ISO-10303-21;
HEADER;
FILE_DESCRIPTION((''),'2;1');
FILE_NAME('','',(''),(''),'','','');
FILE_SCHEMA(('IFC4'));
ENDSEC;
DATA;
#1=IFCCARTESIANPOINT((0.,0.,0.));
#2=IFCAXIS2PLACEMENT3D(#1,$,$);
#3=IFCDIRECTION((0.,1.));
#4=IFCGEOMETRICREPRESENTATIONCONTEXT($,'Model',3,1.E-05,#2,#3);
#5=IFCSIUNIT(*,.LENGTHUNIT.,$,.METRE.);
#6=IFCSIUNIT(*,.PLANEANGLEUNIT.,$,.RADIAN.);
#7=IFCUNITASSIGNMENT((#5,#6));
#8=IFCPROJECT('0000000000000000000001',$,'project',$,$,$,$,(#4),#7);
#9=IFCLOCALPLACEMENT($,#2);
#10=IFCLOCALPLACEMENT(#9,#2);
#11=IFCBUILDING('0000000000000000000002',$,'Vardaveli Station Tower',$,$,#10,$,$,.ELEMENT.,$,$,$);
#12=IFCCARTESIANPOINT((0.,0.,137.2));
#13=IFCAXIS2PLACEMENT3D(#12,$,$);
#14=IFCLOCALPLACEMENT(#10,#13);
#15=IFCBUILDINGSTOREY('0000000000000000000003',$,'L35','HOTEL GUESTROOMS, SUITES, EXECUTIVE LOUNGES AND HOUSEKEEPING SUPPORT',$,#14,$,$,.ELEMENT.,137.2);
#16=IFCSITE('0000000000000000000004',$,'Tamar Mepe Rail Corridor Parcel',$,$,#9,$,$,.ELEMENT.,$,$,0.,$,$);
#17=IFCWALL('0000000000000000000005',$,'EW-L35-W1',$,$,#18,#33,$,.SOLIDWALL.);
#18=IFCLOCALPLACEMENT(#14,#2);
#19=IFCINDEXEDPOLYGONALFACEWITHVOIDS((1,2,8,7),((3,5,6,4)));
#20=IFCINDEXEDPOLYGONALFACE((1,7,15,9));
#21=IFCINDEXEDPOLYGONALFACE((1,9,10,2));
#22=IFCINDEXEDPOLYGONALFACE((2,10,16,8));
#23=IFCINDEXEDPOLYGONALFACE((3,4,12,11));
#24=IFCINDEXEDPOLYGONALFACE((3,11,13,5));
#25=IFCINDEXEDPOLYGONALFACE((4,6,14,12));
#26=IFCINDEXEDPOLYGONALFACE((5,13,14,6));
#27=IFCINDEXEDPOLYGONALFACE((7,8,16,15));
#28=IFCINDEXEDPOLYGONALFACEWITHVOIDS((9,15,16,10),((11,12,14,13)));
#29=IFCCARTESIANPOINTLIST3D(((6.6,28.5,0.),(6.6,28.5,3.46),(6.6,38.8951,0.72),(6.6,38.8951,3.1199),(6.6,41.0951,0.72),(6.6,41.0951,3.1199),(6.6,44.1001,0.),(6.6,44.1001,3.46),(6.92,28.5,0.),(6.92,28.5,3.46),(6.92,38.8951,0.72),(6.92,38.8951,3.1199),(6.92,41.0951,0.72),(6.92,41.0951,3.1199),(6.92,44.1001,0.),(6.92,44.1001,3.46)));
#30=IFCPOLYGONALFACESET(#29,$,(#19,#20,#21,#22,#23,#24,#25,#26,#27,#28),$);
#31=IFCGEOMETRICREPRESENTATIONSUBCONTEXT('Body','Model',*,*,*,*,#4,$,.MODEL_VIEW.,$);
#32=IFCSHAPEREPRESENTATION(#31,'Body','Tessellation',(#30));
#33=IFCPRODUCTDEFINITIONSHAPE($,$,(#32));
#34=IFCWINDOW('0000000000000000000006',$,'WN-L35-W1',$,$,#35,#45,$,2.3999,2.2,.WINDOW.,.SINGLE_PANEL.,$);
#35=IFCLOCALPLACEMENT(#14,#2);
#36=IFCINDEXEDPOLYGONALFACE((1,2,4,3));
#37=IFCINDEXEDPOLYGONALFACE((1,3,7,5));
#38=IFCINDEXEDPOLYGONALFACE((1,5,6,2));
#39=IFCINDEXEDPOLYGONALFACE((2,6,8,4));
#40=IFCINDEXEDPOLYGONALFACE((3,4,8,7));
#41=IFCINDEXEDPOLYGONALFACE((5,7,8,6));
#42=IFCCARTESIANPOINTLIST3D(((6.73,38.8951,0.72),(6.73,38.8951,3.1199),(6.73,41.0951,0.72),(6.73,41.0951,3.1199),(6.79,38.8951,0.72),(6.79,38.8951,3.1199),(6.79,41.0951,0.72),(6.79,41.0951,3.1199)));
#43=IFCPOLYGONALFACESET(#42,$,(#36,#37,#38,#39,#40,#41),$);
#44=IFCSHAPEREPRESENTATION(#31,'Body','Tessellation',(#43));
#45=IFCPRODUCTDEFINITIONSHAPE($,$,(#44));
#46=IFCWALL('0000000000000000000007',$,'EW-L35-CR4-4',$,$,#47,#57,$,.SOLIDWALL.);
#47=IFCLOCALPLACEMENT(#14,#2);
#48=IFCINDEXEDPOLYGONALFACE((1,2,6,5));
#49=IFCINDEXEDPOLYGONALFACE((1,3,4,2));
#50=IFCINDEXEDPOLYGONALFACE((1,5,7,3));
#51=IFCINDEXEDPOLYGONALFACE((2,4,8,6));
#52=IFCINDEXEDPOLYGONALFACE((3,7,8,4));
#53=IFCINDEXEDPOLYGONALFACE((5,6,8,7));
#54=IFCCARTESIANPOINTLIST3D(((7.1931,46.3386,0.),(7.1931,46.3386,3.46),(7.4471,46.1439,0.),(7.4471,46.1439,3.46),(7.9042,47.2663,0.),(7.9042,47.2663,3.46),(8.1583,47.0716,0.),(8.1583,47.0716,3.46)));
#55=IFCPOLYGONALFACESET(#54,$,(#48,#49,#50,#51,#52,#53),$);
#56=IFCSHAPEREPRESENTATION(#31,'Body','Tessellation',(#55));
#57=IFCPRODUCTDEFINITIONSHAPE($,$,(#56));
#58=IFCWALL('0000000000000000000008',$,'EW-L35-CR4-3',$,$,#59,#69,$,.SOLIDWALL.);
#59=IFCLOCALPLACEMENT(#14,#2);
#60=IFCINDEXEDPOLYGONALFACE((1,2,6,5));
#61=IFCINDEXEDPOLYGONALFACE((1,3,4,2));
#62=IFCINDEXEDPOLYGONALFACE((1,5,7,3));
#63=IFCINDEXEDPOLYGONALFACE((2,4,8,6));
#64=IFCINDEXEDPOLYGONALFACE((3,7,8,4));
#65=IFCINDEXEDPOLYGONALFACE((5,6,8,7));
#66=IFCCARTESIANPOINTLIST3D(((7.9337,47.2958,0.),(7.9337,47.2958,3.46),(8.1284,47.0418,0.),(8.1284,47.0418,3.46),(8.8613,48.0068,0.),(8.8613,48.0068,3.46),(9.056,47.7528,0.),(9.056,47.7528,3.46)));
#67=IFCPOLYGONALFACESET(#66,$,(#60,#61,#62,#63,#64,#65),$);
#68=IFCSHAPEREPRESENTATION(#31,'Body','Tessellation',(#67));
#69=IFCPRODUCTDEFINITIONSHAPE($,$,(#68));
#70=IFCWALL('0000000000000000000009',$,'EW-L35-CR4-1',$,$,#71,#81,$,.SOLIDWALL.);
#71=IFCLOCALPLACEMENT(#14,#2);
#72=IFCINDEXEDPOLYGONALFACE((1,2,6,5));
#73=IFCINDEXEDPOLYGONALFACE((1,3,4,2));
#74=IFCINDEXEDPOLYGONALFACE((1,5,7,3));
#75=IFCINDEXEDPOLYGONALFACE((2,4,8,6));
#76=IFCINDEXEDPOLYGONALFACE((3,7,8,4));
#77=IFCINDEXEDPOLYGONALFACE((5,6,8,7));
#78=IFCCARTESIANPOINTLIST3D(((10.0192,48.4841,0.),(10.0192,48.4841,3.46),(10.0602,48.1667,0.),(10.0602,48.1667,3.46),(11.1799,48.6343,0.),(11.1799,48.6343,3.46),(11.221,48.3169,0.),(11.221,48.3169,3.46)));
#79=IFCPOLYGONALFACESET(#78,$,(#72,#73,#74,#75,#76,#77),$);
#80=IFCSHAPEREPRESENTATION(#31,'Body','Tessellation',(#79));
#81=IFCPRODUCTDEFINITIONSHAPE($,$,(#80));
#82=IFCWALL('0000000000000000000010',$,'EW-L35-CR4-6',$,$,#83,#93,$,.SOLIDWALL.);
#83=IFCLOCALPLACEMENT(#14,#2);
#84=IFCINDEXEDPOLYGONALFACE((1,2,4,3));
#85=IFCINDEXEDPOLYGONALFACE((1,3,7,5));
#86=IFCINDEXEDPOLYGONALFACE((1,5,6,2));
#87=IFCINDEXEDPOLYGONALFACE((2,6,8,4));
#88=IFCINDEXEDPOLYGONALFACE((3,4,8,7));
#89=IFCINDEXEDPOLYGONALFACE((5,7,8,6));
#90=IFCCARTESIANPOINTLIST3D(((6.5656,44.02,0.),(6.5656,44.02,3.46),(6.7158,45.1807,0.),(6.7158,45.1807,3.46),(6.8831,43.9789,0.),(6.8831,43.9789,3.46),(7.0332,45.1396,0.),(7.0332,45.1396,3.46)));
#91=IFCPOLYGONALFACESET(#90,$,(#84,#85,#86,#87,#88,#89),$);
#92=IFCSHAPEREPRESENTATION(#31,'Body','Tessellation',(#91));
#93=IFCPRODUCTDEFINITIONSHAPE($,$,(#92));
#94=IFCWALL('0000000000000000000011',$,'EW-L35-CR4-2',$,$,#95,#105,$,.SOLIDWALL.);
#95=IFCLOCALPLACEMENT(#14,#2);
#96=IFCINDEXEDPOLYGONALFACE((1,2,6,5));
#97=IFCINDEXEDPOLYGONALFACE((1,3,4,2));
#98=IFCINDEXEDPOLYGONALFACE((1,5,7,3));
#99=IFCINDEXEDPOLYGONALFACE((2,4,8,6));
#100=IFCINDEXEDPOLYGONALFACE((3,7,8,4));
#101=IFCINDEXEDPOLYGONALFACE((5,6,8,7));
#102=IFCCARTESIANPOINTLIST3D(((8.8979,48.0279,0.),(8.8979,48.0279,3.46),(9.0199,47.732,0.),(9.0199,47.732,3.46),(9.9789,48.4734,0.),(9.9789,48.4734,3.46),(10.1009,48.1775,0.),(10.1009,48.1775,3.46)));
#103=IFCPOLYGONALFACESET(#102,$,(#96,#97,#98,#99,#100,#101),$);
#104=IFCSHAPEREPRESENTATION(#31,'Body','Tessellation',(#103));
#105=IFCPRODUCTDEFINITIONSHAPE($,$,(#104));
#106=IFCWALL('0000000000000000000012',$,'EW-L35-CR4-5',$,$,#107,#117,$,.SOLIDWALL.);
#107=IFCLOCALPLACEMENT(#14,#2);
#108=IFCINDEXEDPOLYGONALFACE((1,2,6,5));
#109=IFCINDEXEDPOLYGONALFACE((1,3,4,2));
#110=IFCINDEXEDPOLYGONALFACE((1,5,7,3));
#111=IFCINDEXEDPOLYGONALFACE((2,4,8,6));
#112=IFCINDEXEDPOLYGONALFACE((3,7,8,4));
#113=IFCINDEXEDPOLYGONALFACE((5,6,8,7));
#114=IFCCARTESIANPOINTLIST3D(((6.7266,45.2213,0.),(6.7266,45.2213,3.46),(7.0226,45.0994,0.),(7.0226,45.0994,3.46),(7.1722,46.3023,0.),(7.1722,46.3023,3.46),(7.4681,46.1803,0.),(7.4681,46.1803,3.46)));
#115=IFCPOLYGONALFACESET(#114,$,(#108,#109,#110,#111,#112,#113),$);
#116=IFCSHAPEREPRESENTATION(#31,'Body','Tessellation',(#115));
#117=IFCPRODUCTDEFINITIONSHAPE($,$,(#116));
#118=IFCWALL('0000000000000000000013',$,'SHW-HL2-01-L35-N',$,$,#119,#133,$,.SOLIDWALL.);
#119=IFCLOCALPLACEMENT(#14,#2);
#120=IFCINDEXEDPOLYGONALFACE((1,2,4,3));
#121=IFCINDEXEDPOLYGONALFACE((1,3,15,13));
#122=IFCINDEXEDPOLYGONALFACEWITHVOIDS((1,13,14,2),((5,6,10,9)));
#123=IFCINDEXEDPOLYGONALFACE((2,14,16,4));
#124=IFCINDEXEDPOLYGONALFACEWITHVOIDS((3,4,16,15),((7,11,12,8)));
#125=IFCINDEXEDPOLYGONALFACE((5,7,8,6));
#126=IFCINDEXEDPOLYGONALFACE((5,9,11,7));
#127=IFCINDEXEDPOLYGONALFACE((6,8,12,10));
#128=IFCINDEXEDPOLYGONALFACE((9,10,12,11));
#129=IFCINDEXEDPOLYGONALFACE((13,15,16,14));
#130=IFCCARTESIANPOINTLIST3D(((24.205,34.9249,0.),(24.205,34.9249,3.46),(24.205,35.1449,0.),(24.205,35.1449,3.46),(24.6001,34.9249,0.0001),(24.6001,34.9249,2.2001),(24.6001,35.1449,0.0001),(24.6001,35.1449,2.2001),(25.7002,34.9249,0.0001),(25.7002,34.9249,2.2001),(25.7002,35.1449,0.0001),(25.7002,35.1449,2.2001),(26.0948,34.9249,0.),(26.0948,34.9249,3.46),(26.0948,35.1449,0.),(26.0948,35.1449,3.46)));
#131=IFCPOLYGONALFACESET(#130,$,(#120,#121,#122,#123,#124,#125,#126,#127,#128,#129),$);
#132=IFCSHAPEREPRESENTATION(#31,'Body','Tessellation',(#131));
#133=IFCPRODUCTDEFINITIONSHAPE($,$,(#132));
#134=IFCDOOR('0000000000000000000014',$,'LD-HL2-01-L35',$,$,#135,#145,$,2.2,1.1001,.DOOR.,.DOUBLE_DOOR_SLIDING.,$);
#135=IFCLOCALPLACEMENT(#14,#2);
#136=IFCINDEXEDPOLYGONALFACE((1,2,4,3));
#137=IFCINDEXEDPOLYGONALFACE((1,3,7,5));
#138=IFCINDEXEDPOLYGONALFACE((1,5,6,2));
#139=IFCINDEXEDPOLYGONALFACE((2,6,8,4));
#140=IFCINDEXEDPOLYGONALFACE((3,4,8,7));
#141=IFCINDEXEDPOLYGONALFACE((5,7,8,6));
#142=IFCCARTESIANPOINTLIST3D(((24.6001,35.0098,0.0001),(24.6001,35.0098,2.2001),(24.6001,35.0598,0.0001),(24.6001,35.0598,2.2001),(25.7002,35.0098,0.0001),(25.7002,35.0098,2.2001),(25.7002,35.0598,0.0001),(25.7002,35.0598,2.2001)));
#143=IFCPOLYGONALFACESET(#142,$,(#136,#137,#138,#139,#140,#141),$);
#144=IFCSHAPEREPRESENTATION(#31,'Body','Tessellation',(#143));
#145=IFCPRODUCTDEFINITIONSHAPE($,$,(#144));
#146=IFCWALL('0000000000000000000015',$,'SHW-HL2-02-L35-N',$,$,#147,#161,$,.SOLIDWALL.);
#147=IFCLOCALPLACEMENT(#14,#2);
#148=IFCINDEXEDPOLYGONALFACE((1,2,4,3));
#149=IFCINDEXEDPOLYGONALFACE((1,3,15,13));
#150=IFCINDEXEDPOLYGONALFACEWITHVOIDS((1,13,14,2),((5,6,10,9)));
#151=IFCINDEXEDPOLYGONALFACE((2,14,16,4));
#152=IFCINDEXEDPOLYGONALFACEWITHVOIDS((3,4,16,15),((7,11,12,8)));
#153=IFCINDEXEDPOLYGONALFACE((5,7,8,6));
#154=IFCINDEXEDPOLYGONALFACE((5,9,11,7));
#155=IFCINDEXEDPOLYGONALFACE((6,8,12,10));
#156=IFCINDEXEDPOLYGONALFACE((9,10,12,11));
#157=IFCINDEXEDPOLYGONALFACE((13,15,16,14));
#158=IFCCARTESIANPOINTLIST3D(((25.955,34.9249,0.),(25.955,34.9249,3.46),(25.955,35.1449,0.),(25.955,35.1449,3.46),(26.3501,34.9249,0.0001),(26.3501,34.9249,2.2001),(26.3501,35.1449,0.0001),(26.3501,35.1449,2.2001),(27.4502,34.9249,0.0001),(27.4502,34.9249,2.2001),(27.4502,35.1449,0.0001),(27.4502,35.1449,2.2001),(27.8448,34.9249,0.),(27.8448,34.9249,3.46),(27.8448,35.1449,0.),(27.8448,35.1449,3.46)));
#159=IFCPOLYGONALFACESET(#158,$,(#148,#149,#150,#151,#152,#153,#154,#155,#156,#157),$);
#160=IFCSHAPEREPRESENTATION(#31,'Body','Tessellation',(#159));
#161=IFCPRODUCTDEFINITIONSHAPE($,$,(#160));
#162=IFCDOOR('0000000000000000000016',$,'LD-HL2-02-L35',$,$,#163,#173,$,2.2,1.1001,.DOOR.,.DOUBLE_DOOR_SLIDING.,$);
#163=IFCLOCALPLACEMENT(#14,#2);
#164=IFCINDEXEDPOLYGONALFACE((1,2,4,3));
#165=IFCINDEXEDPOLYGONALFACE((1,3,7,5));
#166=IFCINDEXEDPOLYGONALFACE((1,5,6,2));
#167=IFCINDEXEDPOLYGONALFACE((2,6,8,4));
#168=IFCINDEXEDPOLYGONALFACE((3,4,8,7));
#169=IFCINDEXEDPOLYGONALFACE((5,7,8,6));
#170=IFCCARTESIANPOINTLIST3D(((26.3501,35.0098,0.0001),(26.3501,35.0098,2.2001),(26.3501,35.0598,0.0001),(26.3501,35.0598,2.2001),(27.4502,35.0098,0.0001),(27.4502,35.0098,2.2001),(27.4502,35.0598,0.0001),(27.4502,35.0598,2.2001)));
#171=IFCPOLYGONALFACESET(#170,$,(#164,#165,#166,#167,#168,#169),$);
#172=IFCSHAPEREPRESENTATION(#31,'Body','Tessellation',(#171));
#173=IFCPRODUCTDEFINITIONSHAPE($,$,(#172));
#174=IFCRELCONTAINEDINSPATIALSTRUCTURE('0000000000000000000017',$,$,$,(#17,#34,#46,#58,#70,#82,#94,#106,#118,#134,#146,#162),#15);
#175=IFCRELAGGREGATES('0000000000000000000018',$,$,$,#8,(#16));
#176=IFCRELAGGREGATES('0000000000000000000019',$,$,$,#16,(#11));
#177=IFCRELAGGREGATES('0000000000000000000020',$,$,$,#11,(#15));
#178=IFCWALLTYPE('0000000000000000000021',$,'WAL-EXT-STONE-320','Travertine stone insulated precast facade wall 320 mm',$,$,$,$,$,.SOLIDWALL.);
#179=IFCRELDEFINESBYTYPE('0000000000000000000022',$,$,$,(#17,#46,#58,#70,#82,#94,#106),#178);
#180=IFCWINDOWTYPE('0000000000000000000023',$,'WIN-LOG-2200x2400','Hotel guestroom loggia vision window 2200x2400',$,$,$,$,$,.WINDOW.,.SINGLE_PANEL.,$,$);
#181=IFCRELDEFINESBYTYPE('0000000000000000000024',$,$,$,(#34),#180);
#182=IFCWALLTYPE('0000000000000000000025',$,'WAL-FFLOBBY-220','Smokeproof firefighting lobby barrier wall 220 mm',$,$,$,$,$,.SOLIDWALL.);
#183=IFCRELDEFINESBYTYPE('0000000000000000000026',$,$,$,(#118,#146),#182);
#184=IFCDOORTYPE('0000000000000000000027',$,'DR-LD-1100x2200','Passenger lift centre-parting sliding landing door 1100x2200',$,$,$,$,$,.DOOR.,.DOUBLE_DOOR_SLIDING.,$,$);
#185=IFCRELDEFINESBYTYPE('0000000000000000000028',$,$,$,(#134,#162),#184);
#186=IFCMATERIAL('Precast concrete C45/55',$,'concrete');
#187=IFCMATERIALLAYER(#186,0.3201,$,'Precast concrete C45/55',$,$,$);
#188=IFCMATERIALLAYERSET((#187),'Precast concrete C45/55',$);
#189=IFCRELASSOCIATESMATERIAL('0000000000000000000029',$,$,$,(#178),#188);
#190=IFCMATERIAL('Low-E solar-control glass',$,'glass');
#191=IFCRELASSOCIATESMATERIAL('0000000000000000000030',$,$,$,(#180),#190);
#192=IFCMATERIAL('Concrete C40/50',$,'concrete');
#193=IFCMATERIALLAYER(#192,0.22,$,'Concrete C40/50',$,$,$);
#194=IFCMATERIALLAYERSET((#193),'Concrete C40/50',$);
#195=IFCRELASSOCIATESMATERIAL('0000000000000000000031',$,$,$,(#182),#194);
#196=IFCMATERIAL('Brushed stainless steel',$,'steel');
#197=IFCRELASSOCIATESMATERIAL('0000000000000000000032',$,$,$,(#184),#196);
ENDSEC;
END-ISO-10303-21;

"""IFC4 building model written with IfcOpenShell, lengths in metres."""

from ifc_helpers import new_model, si_unit, direction, frame, frame_2d, origin, place, context, subcontext, project, spatial, rectangle, extrude, source, transform, mapped, material, layer, layer_set, type_object, element, fill, save


model = new_model("IFC4")

# Units and contexts
model_context = context("Model", 3, precision=1e-05, world=origin(), true_north=direction((0.0, 1.0)))
body_context = subcontext(model_context, "Body", "Model", "MODEL_VIEW")
ifc_project = project(units=[si_unit("LENGTHUNIT", "METRE"), si_unit("PLANEANGLEUNIT", "RADIAN")], contexts=[model_context])

# Site, building, storey
site_placement = place(None, origin())
site = spatial("IfcSite", under=ifc_project, at=site_placement, Name="Tamar Mepe Rail Corridor Parcel", CompositionType="ELEMENT", RefElevation=0.0)
building_placement = place(site_placement, origin())
building = spatial("IfcBuilding", under=site, at=building_placement, Name="Vardaveli Station Tower", CompositionType="ELEMENT")
storey_placement = place(building_placement, frame((0.0, 0.0, 137.2)))
storey = spatial("IfcBuildingStorey", under=building, at=storey_placement, Name="L35", Description="HOTEL GUESTROOMS, SUITES, EXECUTIVE LOUNGES AND HOUSEKEEPING SUPPORT", CompositionType="ELEMENT", Elevation=137.2)

# Shared definitions
ifc_material_1 = material(Name="Precast concrete C45/55", Category="concrete")

# Wall, opening, window
ifc_layer_1 = layer(ifc_material_1, 0.3201, Name="Precast concrete C45/55")
ifc_layer_set_1 = layer_set([ifc_layer_1], Name="Precast concrete C45/55")
wall_type_1 = type_object("IfcWallType", Name="WAL-EXT-STONE-320", Description="Travertine stone insulated precast facade wall 320 mm", PredefinedType="SOLIDWALL", material=ifc_layer_set_1)
shared_shape_1 = source(origin(), body_context, "Body", "SweptSolid", [
    extrude(rectangle(XDim=15.6001, YDim=0.3201, at=frame_2d((7.8, 0.0))), origin(), (0.0, 0.0, 1.0), 3.46),
])
wall_1_placement = place(storey_placement, frame((6.76, 44.1001, 0.0), z_axis=(0.0, 0.0, 1.0), x_axis=(0.0, -1.0, 0.0)))
wall_1 = element("IfcWall", 1, at=wall_1_placement, inside=storey, type_object=wall_type_1, Name="EW-L35-W1", PredefinedType="SOLIDWALL", context=body_context, shape_type="MappedRepresentation", body=[
    mapped(shared_shape_1, transform((0.0, 0.0, 0.0), scale=1.0)),
])
shared_shape_2 = source(origin(), body_context, "Body", "SweptSolid", [
    extrude(rectangle(XDim=2.2, YDim=2.3999, at=frame_2d((1.1001, 1.2))), frame((0.0, 0.1699, 0.0), z_axis=(0.0, -1.0, 0.0), x_axis=(1.0, 0.0, 0.0)), (0.0, 0.0, 1.0), 0.3401),
])
opening_1_placement = place(wall_1_placement, frame((3.0049, 0.0, 0.72)))
opening_1 = element("IfcOpeningElement", 2, at=opening_1_placement, cuts=wall_1, PredefinedType="OPENING", context=body_context, shape_type="MappedRepresentation", body=[
    mapped(shared_shape_2, transform((0.0, 0.0, 0.0), scale=1.0)),
])
ifc_material_2 = material(Name="Low-E solar-control glass", Category="glass")
window_type = type_object("IfcWindowType", Name="WIN-LOG-2200x2400", Description="Hotel guestroom loggia vision window 2200x2400", PartitioningType="SINGLE_PANEL", PredefinedType="WINDOW", material=ifc_material_2)
shared_shape_3 = source(origin(), body_context, "Body", "SweptSolid", [
    extrude(rectangle(XDim=2.2, YDim=2.3999, at=frame_2d((1.1001, 1.2))), frame((0.0, 0.03, 0.0), z_axis=(0.0, -1.0, 0.0), x_axis=(1.0, 0.0, 0.0)), (0.0, 0.0, 1.0), 0.0601),
])
window_placement = place(opening_1_placement, origin())
window = element("IfcWindow", 3, at=window_placement, inside=storey, type_object=window_type, Name="WN-L35-W1", OverallHeight=2.3999, OverallWidth=2.2, PartitioningType="SINGLE_PANEL", PredefinedType="WINDOW", context=body_context, shape_type="MappedRepresentation", body=[
    mapped(shared_shape_3, transform((0.0, 0.0, 0.0), scale=1.0)),
])
fill(opening_1, window)

# Walls
shared_shape_4 = source(origin(), body_context, "Body", "SweptSolid", [
    extrude(rectangle(XDim=1.1689, YDim=0.3201, at=frame_2d((0.5845, 0.0))), origin(), (0.0, 0.0, 1.0), 3.46),
])
wall_2_placement = place(storey_placement, frame((8.0312, 47.1689, 0.0), z_axis=(0.0, 0.0, 1.0), x_axis=(-0.608388, -0.79364, 0.0)))
element("IfcWall", 4, at=wall_2_placement, inside=storey, type_object=wall_type_1, Name="EW-L35-CR4-4", PredefinedType="SOLIDWALL", context=body_context, shape_type="MappedRepresentation", body=[
    mapped(shared_shape_4, transform((0.0, 0.0, 0.0), scale=1.0)),
])
shared_shape_5 = source(origin(), body_context, "Body", "SweptSolid", [
    extrude(rectangle(XDim=1.1687, YDim=0.3201, at=frame_2d((0.5845, 0.0))), origin(), (0.0, 0.0, 1.0), 3.46),
])
wall_3_placement = place(storey_placement, frame((8.9587, 47.8799, 0.0), z_axis=(0.0, 0.0, 1.0), x_axis=(-0.793664, -0.608357, 0.0)))
element("IfcWall", 5, at=wall_3_placement, inside=storey, type_object=wall_type_1, Name="EW-L35-CR4-3", PredefinedType="SOLIDWALL", context=body_context, shape_type="MappedRepresentation", body=[
    mapped(shared_shape_5, transform((0.0, 0.0, 0.0), scale=1.0)),
])
shared_shape_6 = source(origin(), body_context, "Body", "SweptSolid", [
    extrude(rectangle(XDim=1.1704, YDim=0.3201, at=frame_2d((0.5852, 0.0))), origin(), (0.0, 0.0, 1.0), 3.46),
])
for number, where, z_axis, x_axis, name in (
    (6, (11.2004, 48.4756, 0.0), (0.0, 0.0, 1.0), (-0.991736, -0.128296, 0.0), "EW-L35-CR4-1"),
    (7, (6.8745, 45.1602, 0.0), (0.0, 0.0, 1.0), (-0.128296, -0.991736, 0.0), "EW-L35-CR4-6"),
):
    element("IfcWall", number, at=place(storey_placement, frame(where, z_axis=z_axis, x_axis=x_axis)), inside=storey, type_object=wall_type_1, Name=name, PredefinedType="SOLIDWALL", context=body_context, shape_type="MappedRepresentation", body=[
        mapped(shared_shape_6, transform((0.0, 0.0, 0.0), scale=1.0)),
    ])
shared_shape_7 = source(origin(), body_context, "Body", "SweptSolid", [
    extrude(rectangle(XDim=1.1692, YDim=0.3201, at=frame_2d((0.5845, 0.0))), origin(), (0.0, 0.0, 1.0), 3.46),
])
for number, where, z_axis, x_axis, name in (
    (8, (10.0398, 48.3254, 0.0), (0.0, 0.0, 1.0), (-0.924553, -0.381054, 0.0), "EW-L35-CR4-2"),
    (9, (7.3201, 46.2412, 0.0), (0.0, 0.0, 1.0), (-0.381054, -0.924553, 0.0), "EW-L35-CR4-5"),
):
    element("IfcWall", number, at=place(storey_placement, frame(where, z_axis=z_axis, x_axis=x_axis)), inside=storey, type_object=wall_type_1, Name=name, PredefinedType="SOLIDWALL", context=body_context, shape_type="MappedRepresentation", body=[
        mapped(shared_shape_7, transform((0.0, 0.0, 0.0), scale=1.0)),
    ])

# Walls, openings, doors
ifc_material_3 = material(Name="Concrete C40/50", Category="concrete")
ifc_layer_2 = layer(ifc_material_3, 0.22, Name="Concrete C40/50")
ifc_layer_set_2 = layer_set([ifc_layer_2], Name="Concrete C40/50")
wall_type_2 = type_object("IfcWallType", Name="WAL-FFLOBBY-220", Description="Smokeproof firefighting lobby barrier wall 220 mm", PredefinedType="SOLIDWALL", material=ifc_layer_set_2)
shared_shape_8 = source(origin(), body_context, "Body", "SweptSolid", [
    extrude(rectangle(XDim=1.8899, YDim=0.22, at=frame_2d((0.9448, 0.0))), origin(), (0.0, 0.0, 1.0), 3.46),
])
wall_4_placement = place(storey_placement, frame((24.2051, 35.0349, 0.0), z_axis=(0.0, 0.0, 1.0), x_axis=(1.0, 0.0, 0.0)))
wall_4 = element("IfcWall", 10, at=wall_4_placement, inside=storey, type_object=wall_type_2, Name="SHW-HL2-01-L35-N", PredefinedType="SOLIDWALL", context=body_context, shape_type="MappedRepresentation", body=[
    mapped(shared_shape_8, transform((0.0, 0.0, 0.0), scale=1.0)),
])
shared_shape_9 = source(origin(), body_context, "Body", "SweptSolid", [
    extrude(rectangle(XDim=1.1001, YDim=2.2, at=frame_2d((0.55, 1.1001))), frame((0.0, 0.1201, 0.0), z_axis=(0.0, -1.0, 0.0), x_axis=(1.0, 0.0, 0.0)), (0.0, 0.0, 1.0), 0.24),
])
opening_2_placement = place(wall_4_placement, frame((0.395, 0.0, 0.0)))
opening_2 = element("IfcOpeningElement", 11, at=opening_2_placement, cuts=wall_4, PredefinedType="OPENING", context=body_context, shape_type="MappedRepresentation", body=[
    mapped(shared_shape_9, transform((0.0, 0.0, 0.0), scale=1.0)),
])
ifc_material_4 = material(Name="Brushed stainless steel", Category="steel")
door_type_1 = type_object("IfcDoorType", Name="DR-LD-1100x2200", Description="Passenger lift centre-parting sliding landing door 1100x2200", OperationType="DOUBLE_DOOR_SLIDING", PredefinedType="DOOR", material=ifc_material_4)
shared_shape_10 = source(origin(), body_context, "Body", "SweptSolid", [
    extrude(rectangle(XDim=1.1001, YDim=2.2, at=frame_2d((0.55, 1.1001))), frame((0.0, 0.0249, 0.0), z_axis=(0.0, -1.0, 0.0), x_axis=(1.0, 0.0, 0.0)), (0.0, 0.0, 1.0), 0.05),
])
door_1_placement = place(opening_2_placement, origin())
door_1 = element("IfcDoor", 12, at=door_1_placement, inside=storey, type_object=door_type_1, Name="LD-HL2-01-L35", OperationType="DOUBLE_DOOR_SLIDING", OverallHeight=2.2, OverallWidth=1.1001, PredefinedType="DOOR", context=body_context, shape_type="MappedRepresentation", body=[
    mapped(shared_shape_10, transform((0.0, 0.0, 0.0), scale=1.0)),
])
fill(opening_2, door_1)
wall_5_placement = place(storey_placement, frame((25.9551, 35.0349, 0.0), z_axis=(0.0, 0.0, 1.0), x_axis=(1.0, 0.0, 0.0)))
wall_5 = element("IfcWall", 13, at=wall_5_placement, inside=storey, type_object=wall_type_2, Name="SHW-HL2-02-L35-N", PredefinedType="SOLIDWALL", context=body_context, shape_type="MappedRepresentation", body=[
    mapped(shared_shape_8, transform((0.0, 0.0, 0.0), scale=1.0)),
])
opening_3_placement = place(wall_5_placement, frame((0.395, 0.0, 0.0)))
opening_3 = element("IfcOpeningElement", 14, at=opening_3_placement, cuts=wall_5, PredefinedType="OPENING", context=body_context, shape_type="MappedRepresentation", body=[
    mapped(shared_shape_9, transform((0.0, 0.0, 0.0), scale=1.0)),
])
door_2_placement = place(opening_3_placement, origin())
door_2 = element("IfcDoor", 15, at=door_2_placement, inside=storey, type_object=door_type_1, Name="LD-HL2-02-L35", OperationType="DOUBLE_DOOR_SLIDING", OverallHeight=2.2, OverallWidth=1.1001, PredefinedType="DOOR", context=body_context, shape_type="MappedRepresentation", body=[
    mapped(shared_shape_10, transform((0.0, 0.0, 0.0), scale=1.0)),
])
fill(opening_3, door_2)

save(model, "model.ifc")
